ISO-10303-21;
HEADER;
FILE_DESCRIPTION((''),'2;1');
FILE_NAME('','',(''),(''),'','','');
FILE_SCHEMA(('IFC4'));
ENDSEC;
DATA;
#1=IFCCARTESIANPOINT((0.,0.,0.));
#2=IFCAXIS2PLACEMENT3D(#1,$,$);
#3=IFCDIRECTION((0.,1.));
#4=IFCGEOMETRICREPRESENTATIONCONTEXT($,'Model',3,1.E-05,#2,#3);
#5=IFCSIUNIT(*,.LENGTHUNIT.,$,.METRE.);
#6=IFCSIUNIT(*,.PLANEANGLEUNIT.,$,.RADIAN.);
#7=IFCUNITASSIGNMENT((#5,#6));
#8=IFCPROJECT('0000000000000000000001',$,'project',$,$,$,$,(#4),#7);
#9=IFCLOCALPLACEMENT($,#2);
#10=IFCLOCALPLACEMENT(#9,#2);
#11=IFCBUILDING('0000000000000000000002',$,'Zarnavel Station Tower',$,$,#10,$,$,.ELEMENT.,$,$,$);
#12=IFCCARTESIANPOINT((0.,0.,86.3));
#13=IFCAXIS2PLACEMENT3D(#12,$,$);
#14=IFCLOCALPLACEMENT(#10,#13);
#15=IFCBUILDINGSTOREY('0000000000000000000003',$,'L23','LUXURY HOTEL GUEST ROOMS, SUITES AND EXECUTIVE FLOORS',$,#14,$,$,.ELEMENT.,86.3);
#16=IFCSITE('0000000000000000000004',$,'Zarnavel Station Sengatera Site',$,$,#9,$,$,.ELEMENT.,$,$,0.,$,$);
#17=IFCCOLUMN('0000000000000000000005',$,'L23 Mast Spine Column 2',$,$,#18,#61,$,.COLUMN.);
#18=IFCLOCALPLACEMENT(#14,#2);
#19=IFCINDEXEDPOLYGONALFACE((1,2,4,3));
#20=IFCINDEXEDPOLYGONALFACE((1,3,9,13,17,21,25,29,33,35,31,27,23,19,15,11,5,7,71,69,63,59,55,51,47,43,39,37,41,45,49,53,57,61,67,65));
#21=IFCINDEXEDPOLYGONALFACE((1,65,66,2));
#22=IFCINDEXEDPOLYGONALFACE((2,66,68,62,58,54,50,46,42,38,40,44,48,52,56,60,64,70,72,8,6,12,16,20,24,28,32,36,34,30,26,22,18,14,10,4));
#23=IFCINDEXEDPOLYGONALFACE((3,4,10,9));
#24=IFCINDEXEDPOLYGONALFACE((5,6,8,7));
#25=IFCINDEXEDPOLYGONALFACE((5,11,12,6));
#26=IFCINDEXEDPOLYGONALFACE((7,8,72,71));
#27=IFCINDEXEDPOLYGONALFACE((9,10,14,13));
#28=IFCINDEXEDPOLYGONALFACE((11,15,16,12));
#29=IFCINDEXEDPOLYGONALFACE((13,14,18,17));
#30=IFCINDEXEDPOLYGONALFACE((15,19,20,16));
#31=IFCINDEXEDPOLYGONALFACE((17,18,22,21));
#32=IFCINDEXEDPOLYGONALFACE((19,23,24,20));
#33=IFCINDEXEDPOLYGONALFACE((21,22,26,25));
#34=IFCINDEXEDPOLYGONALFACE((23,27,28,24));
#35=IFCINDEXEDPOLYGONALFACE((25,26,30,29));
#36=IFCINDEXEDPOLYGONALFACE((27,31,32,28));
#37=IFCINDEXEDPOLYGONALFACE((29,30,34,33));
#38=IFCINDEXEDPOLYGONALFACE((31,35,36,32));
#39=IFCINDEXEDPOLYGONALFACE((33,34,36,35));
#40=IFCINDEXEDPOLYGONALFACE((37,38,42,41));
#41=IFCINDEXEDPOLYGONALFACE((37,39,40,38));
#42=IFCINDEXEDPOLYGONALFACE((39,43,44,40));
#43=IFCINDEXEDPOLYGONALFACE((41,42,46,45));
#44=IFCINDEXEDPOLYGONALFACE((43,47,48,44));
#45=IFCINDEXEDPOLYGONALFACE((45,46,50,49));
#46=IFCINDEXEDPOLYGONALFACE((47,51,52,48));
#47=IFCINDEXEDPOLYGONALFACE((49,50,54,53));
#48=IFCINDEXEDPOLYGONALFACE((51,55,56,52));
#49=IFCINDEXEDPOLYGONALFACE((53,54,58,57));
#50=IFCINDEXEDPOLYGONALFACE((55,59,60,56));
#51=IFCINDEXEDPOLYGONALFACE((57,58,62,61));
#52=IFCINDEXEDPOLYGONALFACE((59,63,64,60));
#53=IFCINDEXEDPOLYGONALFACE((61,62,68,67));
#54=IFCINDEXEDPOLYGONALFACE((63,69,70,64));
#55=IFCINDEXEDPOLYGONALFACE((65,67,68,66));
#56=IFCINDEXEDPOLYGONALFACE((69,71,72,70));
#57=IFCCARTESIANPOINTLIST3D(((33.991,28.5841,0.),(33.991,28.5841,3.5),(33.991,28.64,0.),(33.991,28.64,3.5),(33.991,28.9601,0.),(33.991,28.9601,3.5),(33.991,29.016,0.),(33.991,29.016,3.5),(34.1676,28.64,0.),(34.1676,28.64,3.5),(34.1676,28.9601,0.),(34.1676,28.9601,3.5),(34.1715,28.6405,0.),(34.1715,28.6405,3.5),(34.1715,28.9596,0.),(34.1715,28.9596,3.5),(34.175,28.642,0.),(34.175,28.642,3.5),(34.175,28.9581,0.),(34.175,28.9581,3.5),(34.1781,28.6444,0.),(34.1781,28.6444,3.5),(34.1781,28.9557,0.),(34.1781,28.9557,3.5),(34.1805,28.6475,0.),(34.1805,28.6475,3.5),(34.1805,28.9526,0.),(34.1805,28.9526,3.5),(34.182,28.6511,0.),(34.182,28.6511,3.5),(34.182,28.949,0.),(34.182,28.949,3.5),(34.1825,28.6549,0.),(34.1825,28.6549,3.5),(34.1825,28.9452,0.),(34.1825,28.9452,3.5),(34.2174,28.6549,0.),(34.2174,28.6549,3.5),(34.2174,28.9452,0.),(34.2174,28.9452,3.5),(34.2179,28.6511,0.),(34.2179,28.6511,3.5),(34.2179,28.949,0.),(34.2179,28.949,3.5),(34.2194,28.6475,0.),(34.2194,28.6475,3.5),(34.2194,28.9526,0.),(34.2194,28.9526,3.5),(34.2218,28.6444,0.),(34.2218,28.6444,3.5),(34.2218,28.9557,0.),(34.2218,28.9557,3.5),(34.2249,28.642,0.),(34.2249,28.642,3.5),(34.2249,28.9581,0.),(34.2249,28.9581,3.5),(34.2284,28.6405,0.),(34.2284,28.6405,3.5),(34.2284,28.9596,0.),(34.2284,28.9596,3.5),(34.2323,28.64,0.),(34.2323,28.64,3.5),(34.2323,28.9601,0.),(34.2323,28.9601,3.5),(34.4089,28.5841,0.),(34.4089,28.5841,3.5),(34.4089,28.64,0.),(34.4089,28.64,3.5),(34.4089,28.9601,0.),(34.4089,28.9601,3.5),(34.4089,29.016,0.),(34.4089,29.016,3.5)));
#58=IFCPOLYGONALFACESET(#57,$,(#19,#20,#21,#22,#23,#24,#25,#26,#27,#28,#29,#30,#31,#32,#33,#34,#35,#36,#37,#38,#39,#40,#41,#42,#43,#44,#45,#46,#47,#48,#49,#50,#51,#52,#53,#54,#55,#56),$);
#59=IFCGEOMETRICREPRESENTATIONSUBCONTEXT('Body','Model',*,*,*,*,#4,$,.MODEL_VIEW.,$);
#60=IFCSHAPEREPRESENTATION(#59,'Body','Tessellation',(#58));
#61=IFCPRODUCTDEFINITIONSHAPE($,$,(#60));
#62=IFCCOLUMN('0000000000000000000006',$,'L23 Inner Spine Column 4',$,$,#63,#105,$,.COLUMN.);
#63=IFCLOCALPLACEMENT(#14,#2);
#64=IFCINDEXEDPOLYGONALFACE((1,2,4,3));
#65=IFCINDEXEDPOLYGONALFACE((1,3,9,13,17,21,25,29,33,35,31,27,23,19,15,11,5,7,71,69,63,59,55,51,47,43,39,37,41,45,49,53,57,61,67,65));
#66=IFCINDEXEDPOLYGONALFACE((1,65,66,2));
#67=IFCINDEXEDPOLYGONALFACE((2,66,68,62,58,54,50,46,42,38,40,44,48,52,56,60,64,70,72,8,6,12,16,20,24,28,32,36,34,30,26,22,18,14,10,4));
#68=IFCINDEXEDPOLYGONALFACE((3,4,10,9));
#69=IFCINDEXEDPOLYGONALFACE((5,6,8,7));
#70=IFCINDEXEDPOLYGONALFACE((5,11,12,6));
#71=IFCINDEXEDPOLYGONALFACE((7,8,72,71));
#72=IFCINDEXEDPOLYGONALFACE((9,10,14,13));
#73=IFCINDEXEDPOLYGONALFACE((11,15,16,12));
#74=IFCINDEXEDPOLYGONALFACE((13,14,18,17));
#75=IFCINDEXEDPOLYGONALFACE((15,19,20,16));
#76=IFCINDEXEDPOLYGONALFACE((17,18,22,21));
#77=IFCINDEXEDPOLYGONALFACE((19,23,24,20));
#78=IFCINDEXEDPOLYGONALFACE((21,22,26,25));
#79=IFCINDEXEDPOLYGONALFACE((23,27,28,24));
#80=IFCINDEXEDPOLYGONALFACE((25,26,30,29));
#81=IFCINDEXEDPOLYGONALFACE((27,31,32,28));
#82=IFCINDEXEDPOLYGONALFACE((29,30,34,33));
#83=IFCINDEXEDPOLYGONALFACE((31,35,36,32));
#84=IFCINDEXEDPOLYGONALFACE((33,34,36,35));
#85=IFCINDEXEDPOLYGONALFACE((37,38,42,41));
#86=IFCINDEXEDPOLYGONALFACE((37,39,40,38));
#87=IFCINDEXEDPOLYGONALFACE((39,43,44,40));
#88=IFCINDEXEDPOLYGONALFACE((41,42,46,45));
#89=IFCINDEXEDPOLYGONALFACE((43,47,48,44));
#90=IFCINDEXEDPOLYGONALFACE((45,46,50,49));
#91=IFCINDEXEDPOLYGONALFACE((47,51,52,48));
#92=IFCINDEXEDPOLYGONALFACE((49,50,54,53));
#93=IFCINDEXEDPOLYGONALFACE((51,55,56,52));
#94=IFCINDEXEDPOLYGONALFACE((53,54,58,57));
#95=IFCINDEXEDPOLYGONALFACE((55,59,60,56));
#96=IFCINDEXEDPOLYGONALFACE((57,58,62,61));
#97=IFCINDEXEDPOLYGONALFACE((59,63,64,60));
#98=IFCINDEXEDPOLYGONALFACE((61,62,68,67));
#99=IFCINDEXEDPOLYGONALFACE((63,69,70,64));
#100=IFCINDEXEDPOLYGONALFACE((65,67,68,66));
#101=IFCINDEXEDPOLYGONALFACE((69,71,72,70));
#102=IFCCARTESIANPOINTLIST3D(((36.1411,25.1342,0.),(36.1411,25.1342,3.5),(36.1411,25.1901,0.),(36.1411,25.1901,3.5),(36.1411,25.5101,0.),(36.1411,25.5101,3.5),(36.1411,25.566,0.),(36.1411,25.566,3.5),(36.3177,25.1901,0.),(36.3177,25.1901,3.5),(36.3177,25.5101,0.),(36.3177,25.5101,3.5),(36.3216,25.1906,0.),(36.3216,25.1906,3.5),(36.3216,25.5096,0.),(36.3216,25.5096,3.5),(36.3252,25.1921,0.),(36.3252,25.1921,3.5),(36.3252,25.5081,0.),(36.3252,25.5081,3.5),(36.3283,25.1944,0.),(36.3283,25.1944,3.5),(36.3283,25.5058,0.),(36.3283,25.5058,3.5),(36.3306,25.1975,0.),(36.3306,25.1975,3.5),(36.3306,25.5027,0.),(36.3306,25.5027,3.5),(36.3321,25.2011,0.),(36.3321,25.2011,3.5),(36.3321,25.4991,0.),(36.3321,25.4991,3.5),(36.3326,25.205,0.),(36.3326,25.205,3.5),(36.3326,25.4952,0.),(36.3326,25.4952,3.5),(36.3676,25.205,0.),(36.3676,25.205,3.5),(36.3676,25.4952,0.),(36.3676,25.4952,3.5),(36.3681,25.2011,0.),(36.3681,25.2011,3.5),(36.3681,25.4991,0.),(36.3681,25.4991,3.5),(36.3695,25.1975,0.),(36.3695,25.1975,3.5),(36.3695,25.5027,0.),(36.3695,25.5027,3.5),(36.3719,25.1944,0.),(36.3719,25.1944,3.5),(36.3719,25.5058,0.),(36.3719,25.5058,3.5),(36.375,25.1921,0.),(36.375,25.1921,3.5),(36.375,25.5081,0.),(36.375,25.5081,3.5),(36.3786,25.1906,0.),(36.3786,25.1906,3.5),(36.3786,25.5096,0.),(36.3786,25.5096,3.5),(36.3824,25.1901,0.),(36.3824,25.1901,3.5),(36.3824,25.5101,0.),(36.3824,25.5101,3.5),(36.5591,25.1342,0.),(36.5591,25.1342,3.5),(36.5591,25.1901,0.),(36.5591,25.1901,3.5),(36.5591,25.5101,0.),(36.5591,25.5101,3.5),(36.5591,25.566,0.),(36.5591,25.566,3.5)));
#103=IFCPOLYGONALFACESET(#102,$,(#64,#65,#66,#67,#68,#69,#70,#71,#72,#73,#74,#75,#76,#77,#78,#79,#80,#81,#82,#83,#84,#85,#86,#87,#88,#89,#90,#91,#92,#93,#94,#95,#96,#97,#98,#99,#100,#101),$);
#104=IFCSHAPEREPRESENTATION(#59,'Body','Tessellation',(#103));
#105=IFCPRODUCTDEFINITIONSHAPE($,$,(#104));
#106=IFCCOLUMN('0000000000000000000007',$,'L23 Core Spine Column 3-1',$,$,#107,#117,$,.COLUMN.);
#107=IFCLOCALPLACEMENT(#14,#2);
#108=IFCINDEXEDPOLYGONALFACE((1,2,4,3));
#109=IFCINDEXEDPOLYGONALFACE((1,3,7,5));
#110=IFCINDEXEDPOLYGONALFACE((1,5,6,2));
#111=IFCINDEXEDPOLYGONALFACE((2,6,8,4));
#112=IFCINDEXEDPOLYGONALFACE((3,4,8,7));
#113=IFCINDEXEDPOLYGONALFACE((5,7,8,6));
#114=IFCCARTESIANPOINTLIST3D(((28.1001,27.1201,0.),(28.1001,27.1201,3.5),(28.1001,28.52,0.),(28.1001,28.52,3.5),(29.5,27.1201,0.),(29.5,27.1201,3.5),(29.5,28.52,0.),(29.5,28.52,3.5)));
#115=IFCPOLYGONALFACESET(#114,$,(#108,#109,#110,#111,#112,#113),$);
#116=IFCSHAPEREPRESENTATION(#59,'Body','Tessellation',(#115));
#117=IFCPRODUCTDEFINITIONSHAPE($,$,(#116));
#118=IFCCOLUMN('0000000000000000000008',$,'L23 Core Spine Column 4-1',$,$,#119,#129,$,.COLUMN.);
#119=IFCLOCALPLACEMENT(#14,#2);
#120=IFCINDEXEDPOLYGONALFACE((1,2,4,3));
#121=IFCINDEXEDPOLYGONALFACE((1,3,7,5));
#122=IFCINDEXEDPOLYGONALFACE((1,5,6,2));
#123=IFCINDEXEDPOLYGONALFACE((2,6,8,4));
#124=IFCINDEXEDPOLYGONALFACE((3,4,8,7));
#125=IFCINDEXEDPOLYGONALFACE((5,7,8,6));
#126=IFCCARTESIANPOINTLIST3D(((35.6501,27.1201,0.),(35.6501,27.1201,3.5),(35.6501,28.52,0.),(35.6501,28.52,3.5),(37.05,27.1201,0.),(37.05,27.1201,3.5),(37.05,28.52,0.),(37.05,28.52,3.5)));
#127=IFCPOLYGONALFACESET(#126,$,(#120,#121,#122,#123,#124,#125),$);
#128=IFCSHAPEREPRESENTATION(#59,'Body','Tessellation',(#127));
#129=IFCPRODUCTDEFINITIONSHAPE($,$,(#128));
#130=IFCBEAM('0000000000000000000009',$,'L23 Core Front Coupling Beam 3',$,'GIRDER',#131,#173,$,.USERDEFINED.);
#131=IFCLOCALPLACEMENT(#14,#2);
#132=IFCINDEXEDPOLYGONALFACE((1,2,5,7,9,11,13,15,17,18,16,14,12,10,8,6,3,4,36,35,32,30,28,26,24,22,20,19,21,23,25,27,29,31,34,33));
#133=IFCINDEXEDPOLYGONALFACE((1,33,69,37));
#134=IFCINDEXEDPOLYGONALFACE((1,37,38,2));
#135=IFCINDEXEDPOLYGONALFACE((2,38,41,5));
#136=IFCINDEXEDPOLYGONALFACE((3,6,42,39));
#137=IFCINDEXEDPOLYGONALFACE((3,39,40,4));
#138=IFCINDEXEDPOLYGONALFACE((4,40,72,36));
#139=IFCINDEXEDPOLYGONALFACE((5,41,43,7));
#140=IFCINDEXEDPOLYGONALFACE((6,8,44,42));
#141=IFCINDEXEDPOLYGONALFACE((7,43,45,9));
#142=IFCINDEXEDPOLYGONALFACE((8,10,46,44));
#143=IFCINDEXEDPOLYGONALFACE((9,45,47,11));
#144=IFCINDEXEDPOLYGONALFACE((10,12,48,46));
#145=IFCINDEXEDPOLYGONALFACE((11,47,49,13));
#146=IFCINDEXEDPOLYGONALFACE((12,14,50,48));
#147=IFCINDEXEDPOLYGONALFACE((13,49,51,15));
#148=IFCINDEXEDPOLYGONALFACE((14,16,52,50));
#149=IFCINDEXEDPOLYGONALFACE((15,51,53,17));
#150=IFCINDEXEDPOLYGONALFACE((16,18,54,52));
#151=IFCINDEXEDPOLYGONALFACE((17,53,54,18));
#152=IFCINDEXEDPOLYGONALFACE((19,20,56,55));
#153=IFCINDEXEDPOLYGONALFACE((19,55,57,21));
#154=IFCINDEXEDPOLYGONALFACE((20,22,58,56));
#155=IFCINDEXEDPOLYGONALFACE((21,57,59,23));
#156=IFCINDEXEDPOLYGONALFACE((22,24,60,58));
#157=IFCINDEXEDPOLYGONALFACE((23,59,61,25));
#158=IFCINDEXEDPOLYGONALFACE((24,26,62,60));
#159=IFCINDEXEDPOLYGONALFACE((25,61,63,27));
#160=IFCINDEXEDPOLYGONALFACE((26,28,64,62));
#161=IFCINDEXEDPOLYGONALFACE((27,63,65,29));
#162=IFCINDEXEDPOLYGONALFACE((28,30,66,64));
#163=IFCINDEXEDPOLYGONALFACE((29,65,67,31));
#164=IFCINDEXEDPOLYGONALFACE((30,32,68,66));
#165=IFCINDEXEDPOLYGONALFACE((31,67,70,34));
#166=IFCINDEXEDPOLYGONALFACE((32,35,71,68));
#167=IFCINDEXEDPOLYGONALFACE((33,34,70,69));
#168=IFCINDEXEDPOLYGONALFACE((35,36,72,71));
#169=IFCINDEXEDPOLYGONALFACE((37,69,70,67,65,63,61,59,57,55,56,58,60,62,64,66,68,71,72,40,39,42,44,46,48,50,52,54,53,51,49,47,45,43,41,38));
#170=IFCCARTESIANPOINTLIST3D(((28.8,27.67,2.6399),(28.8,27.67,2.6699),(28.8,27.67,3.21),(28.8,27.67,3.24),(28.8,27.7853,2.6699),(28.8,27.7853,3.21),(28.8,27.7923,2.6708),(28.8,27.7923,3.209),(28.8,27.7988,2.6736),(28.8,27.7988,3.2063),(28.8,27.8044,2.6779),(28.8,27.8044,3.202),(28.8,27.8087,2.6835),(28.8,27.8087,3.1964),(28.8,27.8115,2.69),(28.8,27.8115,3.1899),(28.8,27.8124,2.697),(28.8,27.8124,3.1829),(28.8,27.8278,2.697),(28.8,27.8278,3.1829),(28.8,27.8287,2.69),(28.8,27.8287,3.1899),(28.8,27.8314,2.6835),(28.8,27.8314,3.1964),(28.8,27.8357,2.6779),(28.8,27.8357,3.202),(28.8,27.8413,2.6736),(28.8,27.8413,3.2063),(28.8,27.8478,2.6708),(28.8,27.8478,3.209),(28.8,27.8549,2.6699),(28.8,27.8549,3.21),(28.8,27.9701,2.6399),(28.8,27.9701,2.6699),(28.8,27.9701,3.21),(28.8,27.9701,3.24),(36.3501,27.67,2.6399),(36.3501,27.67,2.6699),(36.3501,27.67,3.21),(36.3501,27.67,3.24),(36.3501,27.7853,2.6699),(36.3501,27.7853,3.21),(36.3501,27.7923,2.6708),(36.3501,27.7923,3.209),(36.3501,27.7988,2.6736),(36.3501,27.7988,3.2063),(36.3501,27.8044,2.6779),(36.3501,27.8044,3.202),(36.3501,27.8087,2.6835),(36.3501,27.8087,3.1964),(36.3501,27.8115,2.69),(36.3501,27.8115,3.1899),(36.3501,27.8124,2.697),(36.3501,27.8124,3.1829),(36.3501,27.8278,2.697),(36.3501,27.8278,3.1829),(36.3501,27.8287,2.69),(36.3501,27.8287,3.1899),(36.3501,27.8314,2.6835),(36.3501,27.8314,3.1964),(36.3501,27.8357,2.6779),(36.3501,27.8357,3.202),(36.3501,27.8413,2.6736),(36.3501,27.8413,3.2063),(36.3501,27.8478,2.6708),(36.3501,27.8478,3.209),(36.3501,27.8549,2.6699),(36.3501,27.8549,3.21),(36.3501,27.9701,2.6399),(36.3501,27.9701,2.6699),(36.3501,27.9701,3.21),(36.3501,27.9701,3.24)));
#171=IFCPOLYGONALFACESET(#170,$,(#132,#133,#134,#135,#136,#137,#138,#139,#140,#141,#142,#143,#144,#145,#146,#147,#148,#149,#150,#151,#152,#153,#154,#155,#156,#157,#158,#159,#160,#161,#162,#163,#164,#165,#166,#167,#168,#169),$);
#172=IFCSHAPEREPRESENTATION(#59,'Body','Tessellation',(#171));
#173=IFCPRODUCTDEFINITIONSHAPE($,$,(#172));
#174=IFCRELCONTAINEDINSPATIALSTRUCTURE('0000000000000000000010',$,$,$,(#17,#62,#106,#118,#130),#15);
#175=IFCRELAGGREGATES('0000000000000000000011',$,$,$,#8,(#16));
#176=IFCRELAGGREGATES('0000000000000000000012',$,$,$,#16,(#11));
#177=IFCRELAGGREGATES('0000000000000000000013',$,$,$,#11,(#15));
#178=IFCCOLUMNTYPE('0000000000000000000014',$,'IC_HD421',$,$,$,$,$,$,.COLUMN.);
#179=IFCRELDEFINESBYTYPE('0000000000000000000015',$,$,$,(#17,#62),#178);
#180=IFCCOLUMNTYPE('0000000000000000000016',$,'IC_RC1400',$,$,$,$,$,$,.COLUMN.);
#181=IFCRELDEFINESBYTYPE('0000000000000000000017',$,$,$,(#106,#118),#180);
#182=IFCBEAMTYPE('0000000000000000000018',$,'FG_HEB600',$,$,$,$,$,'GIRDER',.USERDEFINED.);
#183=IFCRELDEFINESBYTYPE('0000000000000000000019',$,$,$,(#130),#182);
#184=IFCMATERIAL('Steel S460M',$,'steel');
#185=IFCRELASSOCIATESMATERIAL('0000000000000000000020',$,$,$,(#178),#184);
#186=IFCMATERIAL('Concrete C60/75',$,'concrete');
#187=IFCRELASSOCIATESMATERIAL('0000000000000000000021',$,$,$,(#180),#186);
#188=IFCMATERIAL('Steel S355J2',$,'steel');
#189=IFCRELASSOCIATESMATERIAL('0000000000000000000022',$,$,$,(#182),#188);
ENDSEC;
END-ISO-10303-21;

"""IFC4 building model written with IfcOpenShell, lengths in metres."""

from ifc_helpers import new_model, si_unit, direction, frame, origin, origin_2d, place, context, subcontext, project, spatial, rectangle, i_section, extrude, material, material_profile, profile_set, type_object, element, save


model = new_model("IFC4")

# Units and contexts
model_context = context("Model", 3, precision=1e-05, world=origin(), true_north=direction((0.0, 1.0)))
body_context = subcontext(model_context, "Body", "Model", "MODEL_VIEW")
ifc_project = project(units=[si_unit("LENGTHUNIT", "METRE"), si_unit("PLANEANGLEUNIT", "RADIAN")], contexts=[model_context])

# Site, building, storey
site_placement = place(None, origin())
site = spatial("IfcSite", under=ifc_project, at=site_placement, Name="Zarnavel Station Sengatera Site", CompositionType="ELEMENT", RefElevation=0.0)
building_placement = place(site_placement, origin())
building = spatial("IfcBuilding", under=site, at=building_placement, Name="Zarnavel Station Tower", CompositionType="ELEMENT")
storey_placement = place(building_placement, frame((0.0, 0.0, 86.3)))
storey = spatial("IfcBuildingStorey", under=building, at=storey_placement, Name="L23", Description="LUXURY HOTEL GUEST ROOMS, SUITES AND EXECUTIVE FLOORS", CompositionType="ELEMENT", Elevation=86.3)

# Columns
ifc_material_1 = material(Name="Steel S460M", Category="steel")
ifc_material_profile_1 = material_profile(ifc_material_1, i_section(OverallWidth=0.418, OverallDepth=0.4319, WebThickness=0.0349, FlangeThickness=0.0559, FilletRadius=0.0149, at=origin_2d()), Name="HD400x421")
ifc_profile_set_1 = profile_set([ifc_material_profile_1], Name="Steel S460M")
column_type_1 = type_object("IfcColumnType", Name="IC_HD421", PredefinedType="COLUMN", material=ifc_profile_set_1)
for number, where, z_axis, x_axis, name in (
    (1, (34.2, 28.8, 0.0), (0.0, 0.0, 1.0), (1.0, 0.0, 0.0), "L23 Mast Spine Column 2"),
    (2, (36.3501, 25.3501, 0.0), (0.0, 0.0, 1.0), (1.0, 0.0, 0.0), "L23 Inner Spine Column 4"),
):
    element("IfcColumn", number, at=place(storey_placement, frame(where, z_axis=z_axis, x_axis=x_axis)), inside=storey, type_object=column_type_1, Name=name, PredefinedType="COLUMN", context=body_context, shape_type="SweptSolid", body=[
        extrude(i_section(OverallWidth=0.418, OverallDepth=0.4319, WebThickness=0.0349, FlangeThickness=0.0559, FilletRadius=0.0149, at=origin_2d()), origin(), (0.0, 0.0, 1.0), 3.5),
    ])
ifc_material_2 = material(Name="Concrete C60/75", Category="concrete")
ifc_material_profile_2 = material_profile(ifc_material_2, rectangle(XDim=1.3999, YDim=1.3999, at=origin_2d()), Name="RC1400x1400")
ifc_profile_set_2 = profile_set([ifc_material_profile_2], Name="Concrete C60/75")
column_type_2 = type_object("IfcColumnType", Name="IC_RC1400", PredefinedType="COLUMN", material=ifc_profile_set_2)
for number, where, z_axis, x_axis, name in (
    (3, (28.8, 27.8201, 0.0), (0.0, 0.0, 1.0), (1.0, 0.0, 0.0), "L23 Core Spine Column 3-1"),
    (4, (36.3501, 27.8201, 0.0), (0.0, 0.0, 1.0), (1.0, 0.0, 0.0), "L23 Core Spine Column 4-1"),
):
    element("IfcColumn", number, at=place(storey_placement, frame(where, z_axis=z_axis, x_axis=x_axis)), inside=storey, type_object=column_type_2, Name=name, PredefinedType="COLUMN", context=body_context, shape_type="SweptSolid", body=[
        extrude(rectangle(XDim=1.3999, YDim=1.3999, at=origin_2d()), origin(), (0.0, 0.0, 1.0), 3.5),
    ])

# Beam
ifc_material_3 = material(Name="Steel S355J2", Category="steel")
ifc_material_profile_3 = material_profile(ifc_material_3, i_section(OverallWidth=0.3, OverallDepth=0.6001, WebThickness=0.0154, FlangeThickness=0.03, FilletRadius=0.0271, at=origin_2d()), Name="HEB600")
ifc_profile_set_3 = profile_set([ifc_material_profile_3], Name="Steel S355J2")
beam_type_1 = type_object("IfcBeamType", Name="FG_HEB600", ElementType="GIRDER", PredefinedType="USERDEFINED", material=ifc_profile_set_3)
beam_1_placement = place(storey_placement, frame((28.8, 27.8201, 2.9399), z_axis=(1.0, 0.0, 0.0), x_axis=(0.0, 1.0, 0.0)))
element("IfcBeam", 5, at=beam_1_placement, inside=storey, type_object=beam_type_1, Name="L23 Core Front Coupling Beam 3", ObjectType="GIRDER", PredefinedType="USERDEFINED", context=body_context, shape_type="SweptSolid", body=[
    extrude(i_section(OverallWidth=0.3, OverallDepth=0.6001, WebThickness=0.0154, FlangeThickness=0.03, FilletRadius=0.0271, at=origin_2d()), origin(), (0.0, 0.0, 1.0), 7.55),
])

save(model, "model.ifc")
